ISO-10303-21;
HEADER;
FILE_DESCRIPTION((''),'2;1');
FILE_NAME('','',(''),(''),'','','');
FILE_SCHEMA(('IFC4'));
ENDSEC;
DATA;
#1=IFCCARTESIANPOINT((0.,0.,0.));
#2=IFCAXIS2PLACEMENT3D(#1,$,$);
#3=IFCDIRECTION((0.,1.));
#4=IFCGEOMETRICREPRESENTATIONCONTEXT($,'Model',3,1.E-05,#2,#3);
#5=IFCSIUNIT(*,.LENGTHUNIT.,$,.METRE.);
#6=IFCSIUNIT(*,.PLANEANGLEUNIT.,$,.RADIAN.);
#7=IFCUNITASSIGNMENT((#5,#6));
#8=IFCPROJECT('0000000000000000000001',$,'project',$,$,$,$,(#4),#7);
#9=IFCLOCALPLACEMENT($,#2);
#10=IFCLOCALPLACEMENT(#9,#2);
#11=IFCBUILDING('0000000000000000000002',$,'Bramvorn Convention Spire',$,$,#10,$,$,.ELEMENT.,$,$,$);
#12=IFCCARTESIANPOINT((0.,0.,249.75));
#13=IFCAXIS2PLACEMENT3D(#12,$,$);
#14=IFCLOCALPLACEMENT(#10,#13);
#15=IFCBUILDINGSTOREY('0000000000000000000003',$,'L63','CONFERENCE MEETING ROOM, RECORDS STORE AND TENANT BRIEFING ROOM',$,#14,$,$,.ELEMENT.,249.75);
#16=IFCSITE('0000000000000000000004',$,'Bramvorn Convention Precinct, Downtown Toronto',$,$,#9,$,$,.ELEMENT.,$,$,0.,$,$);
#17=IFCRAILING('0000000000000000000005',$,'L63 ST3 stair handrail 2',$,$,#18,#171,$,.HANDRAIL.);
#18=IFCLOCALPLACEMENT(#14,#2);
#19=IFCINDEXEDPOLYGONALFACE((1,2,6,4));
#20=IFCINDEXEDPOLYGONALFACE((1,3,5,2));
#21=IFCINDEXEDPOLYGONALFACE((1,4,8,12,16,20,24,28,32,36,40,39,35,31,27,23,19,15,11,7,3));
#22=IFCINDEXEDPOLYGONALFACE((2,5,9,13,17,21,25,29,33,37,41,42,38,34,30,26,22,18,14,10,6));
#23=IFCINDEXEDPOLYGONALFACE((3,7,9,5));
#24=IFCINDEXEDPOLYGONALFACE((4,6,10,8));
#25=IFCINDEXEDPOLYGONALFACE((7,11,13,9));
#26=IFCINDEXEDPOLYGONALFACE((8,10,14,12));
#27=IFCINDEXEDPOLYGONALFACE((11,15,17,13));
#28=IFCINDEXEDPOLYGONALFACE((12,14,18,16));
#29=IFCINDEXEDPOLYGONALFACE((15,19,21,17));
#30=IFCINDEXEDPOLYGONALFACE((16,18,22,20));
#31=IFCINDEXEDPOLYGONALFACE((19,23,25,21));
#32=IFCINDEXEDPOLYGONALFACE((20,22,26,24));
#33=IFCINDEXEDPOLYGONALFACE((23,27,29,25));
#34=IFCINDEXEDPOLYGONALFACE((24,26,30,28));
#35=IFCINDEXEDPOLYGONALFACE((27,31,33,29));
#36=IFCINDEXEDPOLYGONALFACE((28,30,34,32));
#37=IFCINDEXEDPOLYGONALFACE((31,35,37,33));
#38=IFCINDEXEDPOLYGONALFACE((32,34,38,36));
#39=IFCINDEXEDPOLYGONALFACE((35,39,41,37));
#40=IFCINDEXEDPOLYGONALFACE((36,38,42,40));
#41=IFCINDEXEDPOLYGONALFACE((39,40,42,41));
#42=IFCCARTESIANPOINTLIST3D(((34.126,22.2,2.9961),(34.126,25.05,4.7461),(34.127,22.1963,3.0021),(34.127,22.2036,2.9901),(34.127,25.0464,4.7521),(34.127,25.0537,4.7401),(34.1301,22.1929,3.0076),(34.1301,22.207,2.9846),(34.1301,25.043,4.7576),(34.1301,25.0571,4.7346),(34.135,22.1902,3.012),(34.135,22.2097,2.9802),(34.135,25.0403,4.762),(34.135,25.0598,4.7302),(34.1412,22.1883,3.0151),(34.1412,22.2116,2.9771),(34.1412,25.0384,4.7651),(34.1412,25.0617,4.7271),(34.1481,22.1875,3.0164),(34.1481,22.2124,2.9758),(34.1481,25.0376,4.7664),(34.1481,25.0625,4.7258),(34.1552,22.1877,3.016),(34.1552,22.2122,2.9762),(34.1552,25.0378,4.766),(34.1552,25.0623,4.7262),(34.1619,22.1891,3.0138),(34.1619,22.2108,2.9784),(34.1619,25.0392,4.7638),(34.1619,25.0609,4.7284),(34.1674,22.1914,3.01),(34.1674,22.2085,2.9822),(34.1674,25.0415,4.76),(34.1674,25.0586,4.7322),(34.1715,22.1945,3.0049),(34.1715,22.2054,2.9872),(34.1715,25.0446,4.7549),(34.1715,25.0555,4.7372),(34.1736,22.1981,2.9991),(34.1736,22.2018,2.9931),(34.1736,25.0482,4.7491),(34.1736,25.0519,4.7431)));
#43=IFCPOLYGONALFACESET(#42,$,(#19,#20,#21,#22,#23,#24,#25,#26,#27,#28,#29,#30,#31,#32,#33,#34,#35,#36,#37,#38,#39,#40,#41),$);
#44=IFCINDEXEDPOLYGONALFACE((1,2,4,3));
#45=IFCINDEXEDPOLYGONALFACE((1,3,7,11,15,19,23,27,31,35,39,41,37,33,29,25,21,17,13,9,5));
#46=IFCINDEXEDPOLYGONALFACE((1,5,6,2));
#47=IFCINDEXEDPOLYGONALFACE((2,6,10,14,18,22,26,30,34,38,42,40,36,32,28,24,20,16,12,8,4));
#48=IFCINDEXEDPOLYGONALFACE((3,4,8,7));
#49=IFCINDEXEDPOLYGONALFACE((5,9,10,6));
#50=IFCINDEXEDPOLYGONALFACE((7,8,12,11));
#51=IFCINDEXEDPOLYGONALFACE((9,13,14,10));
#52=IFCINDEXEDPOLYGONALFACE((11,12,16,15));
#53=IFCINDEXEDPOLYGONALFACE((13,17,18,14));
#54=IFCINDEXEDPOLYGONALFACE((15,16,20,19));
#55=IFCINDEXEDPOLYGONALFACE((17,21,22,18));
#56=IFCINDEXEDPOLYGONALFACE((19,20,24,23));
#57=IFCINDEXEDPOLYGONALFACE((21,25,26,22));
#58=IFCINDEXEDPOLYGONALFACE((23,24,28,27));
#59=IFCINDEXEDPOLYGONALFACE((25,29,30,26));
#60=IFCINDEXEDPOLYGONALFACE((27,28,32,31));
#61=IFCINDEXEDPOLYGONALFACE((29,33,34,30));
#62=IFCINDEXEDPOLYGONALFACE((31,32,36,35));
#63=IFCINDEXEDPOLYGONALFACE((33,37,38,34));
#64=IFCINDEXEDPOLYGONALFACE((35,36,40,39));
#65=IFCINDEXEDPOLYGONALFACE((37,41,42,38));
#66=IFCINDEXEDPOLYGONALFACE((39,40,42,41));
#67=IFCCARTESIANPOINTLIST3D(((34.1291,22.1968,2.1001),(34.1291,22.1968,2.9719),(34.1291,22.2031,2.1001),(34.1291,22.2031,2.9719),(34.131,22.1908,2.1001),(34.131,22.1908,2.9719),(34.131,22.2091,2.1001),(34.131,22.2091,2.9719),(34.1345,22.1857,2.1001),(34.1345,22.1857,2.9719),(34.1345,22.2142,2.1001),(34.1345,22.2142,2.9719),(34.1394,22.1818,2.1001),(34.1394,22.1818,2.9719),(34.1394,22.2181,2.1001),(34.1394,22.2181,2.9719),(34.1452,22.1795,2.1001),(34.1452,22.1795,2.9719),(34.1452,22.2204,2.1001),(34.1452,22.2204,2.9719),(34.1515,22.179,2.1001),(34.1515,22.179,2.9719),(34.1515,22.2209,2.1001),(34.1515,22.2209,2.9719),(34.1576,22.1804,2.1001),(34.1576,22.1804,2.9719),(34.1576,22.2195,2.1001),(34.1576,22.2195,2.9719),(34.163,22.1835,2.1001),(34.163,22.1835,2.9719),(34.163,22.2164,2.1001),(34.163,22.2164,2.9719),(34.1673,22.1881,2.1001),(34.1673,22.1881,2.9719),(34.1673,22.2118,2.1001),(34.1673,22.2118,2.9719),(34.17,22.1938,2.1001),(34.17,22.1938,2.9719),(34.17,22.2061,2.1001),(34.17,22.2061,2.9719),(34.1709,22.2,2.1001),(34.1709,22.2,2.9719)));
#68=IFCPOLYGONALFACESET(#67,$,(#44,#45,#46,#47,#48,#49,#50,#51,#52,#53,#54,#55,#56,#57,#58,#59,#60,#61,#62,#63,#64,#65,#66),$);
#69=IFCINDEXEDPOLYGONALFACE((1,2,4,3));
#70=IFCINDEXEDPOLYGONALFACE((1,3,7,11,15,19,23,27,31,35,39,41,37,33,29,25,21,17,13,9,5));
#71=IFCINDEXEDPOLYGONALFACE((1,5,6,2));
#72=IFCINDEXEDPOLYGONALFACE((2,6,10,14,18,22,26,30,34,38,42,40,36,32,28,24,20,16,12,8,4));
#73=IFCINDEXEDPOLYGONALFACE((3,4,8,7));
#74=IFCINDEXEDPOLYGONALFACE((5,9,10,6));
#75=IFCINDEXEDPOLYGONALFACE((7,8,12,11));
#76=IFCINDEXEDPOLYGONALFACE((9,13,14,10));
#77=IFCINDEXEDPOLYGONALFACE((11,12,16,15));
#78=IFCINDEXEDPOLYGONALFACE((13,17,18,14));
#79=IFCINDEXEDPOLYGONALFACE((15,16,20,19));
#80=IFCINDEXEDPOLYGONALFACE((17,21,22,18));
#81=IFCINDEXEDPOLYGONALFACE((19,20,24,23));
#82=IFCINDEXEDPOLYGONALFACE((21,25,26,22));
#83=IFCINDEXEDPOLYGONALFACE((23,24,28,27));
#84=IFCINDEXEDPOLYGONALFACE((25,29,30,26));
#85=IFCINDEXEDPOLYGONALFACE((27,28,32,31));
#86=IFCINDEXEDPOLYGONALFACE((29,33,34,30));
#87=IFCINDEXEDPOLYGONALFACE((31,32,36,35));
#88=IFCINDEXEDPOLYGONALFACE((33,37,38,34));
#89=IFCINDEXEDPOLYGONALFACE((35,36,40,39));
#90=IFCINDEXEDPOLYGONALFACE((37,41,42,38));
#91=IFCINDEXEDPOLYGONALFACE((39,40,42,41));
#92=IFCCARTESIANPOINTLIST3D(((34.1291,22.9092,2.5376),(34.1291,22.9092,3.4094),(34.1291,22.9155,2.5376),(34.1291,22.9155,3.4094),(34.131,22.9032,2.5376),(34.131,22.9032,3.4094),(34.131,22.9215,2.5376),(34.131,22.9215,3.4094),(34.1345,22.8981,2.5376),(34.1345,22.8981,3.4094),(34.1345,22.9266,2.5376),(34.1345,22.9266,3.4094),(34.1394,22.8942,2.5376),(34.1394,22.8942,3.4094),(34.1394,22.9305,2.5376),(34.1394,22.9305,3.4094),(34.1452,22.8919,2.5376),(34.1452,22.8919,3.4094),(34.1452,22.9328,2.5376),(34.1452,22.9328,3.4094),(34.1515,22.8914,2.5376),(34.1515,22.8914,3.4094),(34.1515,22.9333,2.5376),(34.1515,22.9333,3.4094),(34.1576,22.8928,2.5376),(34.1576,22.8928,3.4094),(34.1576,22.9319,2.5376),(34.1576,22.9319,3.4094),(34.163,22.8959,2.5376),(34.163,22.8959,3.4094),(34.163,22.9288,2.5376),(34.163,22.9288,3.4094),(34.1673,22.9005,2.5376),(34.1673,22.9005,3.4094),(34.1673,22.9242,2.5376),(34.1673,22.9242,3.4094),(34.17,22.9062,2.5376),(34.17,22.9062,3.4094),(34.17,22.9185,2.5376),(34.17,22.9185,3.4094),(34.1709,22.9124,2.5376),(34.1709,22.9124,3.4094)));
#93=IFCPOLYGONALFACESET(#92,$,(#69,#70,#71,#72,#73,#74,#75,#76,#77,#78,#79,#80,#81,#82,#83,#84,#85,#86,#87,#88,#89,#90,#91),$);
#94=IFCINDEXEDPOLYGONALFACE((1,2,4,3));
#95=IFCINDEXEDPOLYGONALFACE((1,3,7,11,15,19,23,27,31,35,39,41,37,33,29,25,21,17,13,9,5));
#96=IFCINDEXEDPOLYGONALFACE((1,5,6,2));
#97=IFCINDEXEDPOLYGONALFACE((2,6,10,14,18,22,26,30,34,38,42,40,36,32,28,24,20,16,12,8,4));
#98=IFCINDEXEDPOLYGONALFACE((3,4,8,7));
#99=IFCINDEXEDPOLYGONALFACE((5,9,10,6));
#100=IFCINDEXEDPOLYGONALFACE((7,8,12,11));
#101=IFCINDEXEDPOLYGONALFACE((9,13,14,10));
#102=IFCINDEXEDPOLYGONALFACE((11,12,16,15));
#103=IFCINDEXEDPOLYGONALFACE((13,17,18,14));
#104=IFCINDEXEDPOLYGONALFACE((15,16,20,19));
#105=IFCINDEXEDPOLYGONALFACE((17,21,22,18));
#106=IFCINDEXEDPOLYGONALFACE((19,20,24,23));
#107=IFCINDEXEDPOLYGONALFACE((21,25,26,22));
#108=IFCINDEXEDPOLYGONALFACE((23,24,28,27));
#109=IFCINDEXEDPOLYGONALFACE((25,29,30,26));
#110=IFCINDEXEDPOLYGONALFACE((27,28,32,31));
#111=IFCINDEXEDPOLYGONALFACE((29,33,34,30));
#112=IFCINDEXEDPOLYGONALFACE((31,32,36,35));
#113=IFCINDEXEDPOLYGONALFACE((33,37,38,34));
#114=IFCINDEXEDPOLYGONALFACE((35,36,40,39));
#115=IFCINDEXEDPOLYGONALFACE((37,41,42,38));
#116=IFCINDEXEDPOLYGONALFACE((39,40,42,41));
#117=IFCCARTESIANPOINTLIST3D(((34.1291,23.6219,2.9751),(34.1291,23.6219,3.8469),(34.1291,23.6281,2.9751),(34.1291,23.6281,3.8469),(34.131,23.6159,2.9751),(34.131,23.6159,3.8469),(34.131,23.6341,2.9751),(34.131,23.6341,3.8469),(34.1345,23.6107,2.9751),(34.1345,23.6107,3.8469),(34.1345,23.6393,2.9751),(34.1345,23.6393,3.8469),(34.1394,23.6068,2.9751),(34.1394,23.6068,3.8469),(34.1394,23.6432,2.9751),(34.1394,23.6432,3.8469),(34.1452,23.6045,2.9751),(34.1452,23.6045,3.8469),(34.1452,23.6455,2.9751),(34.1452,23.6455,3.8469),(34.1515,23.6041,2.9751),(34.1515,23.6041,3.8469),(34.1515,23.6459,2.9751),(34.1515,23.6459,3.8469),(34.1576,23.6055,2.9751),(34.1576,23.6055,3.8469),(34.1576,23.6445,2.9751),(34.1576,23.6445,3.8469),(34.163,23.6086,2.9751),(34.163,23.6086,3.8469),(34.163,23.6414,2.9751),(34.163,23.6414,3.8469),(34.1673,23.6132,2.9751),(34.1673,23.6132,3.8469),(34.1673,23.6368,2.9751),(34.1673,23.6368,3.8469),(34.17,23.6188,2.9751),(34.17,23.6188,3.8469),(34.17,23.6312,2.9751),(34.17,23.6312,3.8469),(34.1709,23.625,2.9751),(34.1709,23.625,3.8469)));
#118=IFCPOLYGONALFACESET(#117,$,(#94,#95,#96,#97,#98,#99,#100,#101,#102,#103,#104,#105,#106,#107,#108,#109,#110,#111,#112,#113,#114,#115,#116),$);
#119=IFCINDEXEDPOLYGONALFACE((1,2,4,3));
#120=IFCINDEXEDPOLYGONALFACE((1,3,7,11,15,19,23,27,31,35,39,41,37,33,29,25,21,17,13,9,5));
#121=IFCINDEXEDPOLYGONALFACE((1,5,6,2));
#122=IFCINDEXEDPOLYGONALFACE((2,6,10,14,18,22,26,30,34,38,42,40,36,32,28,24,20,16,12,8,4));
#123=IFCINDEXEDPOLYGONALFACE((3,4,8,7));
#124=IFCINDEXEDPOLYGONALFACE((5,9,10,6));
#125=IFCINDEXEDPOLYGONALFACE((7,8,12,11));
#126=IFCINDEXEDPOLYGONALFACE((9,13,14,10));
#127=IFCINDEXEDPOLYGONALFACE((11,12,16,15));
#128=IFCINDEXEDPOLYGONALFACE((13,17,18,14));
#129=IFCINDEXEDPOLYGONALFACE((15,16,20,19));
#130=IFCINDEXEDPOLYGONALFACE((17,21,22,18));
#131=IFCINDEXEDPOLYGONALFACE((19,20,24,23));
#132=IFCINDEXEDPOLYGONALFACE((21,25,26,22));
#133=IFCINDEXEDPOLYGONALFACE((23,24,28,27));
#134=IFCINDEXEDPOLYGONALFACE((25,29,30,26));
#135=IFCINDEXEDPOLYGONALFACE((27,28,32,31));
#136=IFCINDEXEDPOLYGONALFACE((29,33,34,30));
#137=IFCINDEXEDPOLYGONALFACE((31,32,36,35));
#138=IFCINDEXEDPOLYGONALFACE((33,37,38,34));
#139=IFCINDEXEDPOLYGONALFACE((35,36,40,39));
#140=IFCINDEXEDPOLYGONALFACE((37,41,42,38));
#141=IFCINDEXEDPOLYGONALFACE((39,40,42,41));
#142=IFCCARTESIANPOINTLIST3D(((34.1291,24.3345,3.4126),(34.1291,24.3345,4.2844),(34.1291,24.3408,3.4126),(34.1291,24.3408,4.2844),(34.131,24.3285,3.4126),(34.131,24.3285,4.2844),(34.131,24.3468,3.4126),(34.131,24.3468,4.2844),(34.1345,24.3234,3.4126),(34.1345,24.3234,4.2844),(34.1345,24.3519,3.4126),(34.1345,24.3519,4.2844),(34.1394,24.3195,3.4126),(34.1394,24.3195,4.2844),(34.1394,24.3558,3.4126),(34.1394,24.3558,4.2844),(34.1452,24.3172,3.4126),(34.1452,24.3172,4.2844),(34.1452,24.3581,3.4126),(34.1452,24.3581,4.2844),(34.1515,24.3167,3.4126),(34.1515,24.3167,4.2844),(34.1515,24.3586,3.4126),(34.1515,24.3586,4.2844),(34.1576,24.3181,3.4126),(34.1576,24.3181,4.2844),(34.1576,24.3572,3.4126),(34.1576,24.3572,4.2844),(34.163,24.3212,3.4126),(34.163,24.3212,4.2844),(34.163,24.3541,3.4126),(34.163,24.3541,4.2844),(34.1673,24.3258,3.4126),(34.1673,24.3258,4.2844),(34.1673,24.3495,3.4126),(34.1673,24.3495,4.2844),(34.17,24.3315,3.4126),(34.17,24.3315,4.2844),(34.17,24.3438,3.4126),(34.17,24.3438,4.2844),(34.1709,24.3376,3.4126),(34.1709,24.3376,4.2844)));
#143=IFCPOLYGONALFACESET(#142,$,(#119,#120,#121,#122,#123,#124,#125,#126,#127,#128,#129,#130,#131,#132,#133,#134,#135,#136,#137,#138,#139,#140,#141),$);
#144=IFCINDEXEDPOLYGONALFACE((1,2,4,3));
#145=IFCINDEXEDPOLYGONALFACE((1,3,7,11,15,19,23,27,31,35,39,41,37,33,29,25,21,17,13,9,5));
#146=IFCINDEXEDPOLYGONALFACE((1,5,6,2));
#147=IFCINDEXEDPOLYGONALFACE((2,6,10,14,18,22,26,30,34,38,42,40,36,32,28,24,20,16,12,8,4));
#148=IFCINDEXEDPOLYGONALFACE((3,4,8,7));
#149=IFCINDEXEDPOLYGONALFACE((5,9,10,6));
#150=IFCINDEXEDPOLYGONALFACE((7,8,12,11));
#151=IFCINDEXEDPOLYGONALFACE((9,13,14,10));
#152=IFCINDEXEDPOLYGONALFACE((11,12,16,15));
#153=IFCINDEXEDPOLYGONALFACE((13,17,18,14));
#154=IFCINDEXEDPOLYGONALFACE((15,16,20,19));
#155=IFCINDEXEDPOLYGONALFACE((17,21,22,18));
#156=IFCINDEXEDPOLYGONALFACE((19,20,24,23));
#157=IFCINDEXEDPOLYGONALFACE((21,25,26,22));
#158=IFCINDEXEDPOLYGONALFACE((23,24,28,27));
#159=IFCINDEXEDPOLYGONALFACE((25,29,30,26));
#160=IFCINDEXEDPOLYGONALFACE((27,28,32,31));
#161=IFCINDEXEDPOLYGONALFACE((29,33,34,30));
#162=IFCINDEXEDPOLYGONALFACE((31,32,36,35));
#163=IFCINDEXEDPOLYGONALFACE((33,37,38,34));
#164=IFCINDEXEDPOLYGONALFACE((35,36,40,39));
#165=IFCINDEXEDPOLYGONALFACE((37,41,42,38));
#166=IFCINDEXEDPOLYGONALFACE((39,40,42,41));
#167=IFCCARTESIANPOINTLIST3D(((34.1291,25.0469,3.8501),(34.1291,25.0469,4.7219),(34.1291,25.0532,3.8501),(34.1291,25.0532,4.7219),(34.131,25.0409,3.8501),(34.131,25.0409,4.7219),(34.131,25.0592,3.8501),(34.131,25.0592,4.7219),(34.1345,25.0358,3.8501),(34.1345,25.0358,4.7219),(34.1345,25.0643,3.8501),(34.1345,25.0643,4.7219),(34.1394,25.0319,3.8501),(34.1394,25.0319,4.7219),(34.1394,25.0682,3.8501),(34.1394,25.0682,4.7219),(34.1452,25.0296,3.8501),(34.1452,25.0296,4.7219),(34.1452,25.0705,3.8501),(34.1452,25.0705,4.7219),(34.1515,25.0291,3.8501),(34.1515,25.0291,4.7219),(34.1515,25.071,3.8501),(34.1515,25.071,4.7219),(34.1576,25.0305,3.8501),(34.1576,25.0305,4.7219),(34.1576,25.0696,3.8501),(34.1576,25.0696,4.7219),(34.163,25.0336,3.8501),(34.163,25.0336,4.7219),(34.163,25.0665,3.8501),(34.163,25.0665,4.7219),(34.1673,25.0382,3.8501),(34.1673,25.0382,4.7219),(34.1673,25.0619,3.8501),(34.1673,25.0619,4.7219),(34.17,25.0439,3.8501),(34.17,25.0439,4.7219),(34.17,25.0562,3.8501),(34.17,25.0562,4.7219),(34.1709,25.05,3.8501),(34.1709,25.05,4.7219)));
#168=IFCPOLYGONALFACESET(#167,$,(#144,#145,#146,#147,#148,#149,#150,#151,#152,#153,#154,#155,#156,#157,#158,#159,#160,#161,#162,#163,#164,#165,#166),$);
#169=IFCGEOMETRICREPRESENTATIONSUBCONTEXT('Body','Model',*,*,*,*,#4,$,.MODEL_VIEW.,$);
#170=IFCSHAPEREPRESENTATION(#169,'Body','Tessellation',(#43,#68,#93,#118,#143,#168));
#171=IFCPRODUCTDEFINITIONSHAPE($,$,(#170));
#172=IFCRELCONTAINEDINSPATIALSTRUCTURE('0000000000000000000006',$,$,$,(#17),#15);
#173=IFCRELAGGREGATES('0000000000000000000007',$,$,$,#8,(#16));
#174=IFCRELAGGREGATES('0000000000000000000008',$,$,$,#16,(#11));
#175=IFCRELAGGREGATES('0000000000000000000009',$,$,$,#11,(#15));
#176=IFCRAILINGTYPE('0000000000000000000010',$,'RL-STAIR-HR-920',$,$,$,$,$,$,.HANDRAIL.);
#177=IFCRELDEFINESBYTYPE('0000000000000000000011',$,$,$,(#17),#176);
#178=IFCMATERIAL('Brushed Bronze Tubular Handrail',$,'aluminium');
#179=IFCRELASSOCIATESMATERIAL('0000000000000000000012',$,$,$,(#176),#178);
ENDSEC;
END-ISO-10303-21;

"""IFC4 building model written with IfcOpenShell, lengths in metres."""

from ifc_helpers import new_model, si_unit, direction, frame, origin, origin_2d, place, context, subcontext, project, spatial, circle, extrude, material, type_object, element, save


model = new_model("IFC4")

# Units and contexts
model_context = context("Model", 3, precision=1e-05, world=origin(), true_north=direction((0.0, 1.0)))
body_context = subcontext(model_context, "Body", "Model", "MODEL_VIEW")
ifc_project = project(units=[si_unit("LENGTHUNIT", "METRE"), si_unit("PLANEANGLEUNIT", "RADIAN")], contexts=[model_context])

# Site, building, storey
site_placement = place(None, origin())
site = spatial("IfcSite", under=ifc_project, at=site_placement, Name="Bramvorn Convention Precinct, Downtown Toronto", CompositionType="ELEMENT", RefElevation=0.0)
building_placement = place(site_placement, origin())
building = spatial("IfcBuilding", under=site, at=building_placement, Name="Bramvorn Convention Spire", CompositionType="ELEMENT")
storey_placement = place(building_placement, frame((0.0, 0.0, 249.75)))
storey = spatial("IfcBuildingStorey", under=building, at=storey_placement, Name="L63", Description="CONFERENCE MEETING ROOM, RECORDS STORE AND TENANT BRIEFING ROOM", CompositionType="ELEMENT", Elevation=249.75)

# Railing
ifc_material_1 = material(Name="Brushed Bronze Tubular Handrail", Category="aluminium")
railing_type_1 = type_object("IfcRailingType", Name="RL-STAIR-HR-920", PredefinedType="HANDRAIL", material=ifc_material_1)
railing_1_placement = place(storey_placement, frame((34.1499, 22.2, 2.1001)))
element("IfcRailing", 1, at=railing_1_placement, inside=storey, type_object=railing_type_1, Name="L63 ST3 stair handrail 2", PredefinedType="HANDRAIL", context=body_context, shape_type="SweptSolid", body=[
    extrude(circle(Radius=0.0239, at=origin_2d()), frame((0.0, 0.0, 0.896), z_axis=(0.0, 0.852179, 0.52325), x_axis=(-1.0, 0.0, 0.0)), (0.0, 0.0, 1.0), 3.3445),
    extrude(circle(Radius=0.021, at=origin_2d()), origin(), (0.0, 0.0, 1.0), 0.8718),
    extrude(circle(Radius=0.021, at=origin_2d()), frame((0.0, 0.7124, 0.4375)), (0.0, 0.0, 1.0), 0.8718),
    extrude(circle(Radius=0.021, at=origin_2d()), frame((0.0, 1.425, 0.875)), (0.0, 0.0, 1.0), 0.8718),
    extrude(circle(Radius=0.021, at=origin_2d()), frame((0.0, 2.1377, 1.3125)), (0.0, 0.0, 1.0), 0.8718),
    extrude(circle(Radius=0.021, at=origin_2d()), frame((0.0, 2.8501, 1.75)), (0.0, 0.0, 1.0), 0.8718),
])

save(model, "model.ifc")
